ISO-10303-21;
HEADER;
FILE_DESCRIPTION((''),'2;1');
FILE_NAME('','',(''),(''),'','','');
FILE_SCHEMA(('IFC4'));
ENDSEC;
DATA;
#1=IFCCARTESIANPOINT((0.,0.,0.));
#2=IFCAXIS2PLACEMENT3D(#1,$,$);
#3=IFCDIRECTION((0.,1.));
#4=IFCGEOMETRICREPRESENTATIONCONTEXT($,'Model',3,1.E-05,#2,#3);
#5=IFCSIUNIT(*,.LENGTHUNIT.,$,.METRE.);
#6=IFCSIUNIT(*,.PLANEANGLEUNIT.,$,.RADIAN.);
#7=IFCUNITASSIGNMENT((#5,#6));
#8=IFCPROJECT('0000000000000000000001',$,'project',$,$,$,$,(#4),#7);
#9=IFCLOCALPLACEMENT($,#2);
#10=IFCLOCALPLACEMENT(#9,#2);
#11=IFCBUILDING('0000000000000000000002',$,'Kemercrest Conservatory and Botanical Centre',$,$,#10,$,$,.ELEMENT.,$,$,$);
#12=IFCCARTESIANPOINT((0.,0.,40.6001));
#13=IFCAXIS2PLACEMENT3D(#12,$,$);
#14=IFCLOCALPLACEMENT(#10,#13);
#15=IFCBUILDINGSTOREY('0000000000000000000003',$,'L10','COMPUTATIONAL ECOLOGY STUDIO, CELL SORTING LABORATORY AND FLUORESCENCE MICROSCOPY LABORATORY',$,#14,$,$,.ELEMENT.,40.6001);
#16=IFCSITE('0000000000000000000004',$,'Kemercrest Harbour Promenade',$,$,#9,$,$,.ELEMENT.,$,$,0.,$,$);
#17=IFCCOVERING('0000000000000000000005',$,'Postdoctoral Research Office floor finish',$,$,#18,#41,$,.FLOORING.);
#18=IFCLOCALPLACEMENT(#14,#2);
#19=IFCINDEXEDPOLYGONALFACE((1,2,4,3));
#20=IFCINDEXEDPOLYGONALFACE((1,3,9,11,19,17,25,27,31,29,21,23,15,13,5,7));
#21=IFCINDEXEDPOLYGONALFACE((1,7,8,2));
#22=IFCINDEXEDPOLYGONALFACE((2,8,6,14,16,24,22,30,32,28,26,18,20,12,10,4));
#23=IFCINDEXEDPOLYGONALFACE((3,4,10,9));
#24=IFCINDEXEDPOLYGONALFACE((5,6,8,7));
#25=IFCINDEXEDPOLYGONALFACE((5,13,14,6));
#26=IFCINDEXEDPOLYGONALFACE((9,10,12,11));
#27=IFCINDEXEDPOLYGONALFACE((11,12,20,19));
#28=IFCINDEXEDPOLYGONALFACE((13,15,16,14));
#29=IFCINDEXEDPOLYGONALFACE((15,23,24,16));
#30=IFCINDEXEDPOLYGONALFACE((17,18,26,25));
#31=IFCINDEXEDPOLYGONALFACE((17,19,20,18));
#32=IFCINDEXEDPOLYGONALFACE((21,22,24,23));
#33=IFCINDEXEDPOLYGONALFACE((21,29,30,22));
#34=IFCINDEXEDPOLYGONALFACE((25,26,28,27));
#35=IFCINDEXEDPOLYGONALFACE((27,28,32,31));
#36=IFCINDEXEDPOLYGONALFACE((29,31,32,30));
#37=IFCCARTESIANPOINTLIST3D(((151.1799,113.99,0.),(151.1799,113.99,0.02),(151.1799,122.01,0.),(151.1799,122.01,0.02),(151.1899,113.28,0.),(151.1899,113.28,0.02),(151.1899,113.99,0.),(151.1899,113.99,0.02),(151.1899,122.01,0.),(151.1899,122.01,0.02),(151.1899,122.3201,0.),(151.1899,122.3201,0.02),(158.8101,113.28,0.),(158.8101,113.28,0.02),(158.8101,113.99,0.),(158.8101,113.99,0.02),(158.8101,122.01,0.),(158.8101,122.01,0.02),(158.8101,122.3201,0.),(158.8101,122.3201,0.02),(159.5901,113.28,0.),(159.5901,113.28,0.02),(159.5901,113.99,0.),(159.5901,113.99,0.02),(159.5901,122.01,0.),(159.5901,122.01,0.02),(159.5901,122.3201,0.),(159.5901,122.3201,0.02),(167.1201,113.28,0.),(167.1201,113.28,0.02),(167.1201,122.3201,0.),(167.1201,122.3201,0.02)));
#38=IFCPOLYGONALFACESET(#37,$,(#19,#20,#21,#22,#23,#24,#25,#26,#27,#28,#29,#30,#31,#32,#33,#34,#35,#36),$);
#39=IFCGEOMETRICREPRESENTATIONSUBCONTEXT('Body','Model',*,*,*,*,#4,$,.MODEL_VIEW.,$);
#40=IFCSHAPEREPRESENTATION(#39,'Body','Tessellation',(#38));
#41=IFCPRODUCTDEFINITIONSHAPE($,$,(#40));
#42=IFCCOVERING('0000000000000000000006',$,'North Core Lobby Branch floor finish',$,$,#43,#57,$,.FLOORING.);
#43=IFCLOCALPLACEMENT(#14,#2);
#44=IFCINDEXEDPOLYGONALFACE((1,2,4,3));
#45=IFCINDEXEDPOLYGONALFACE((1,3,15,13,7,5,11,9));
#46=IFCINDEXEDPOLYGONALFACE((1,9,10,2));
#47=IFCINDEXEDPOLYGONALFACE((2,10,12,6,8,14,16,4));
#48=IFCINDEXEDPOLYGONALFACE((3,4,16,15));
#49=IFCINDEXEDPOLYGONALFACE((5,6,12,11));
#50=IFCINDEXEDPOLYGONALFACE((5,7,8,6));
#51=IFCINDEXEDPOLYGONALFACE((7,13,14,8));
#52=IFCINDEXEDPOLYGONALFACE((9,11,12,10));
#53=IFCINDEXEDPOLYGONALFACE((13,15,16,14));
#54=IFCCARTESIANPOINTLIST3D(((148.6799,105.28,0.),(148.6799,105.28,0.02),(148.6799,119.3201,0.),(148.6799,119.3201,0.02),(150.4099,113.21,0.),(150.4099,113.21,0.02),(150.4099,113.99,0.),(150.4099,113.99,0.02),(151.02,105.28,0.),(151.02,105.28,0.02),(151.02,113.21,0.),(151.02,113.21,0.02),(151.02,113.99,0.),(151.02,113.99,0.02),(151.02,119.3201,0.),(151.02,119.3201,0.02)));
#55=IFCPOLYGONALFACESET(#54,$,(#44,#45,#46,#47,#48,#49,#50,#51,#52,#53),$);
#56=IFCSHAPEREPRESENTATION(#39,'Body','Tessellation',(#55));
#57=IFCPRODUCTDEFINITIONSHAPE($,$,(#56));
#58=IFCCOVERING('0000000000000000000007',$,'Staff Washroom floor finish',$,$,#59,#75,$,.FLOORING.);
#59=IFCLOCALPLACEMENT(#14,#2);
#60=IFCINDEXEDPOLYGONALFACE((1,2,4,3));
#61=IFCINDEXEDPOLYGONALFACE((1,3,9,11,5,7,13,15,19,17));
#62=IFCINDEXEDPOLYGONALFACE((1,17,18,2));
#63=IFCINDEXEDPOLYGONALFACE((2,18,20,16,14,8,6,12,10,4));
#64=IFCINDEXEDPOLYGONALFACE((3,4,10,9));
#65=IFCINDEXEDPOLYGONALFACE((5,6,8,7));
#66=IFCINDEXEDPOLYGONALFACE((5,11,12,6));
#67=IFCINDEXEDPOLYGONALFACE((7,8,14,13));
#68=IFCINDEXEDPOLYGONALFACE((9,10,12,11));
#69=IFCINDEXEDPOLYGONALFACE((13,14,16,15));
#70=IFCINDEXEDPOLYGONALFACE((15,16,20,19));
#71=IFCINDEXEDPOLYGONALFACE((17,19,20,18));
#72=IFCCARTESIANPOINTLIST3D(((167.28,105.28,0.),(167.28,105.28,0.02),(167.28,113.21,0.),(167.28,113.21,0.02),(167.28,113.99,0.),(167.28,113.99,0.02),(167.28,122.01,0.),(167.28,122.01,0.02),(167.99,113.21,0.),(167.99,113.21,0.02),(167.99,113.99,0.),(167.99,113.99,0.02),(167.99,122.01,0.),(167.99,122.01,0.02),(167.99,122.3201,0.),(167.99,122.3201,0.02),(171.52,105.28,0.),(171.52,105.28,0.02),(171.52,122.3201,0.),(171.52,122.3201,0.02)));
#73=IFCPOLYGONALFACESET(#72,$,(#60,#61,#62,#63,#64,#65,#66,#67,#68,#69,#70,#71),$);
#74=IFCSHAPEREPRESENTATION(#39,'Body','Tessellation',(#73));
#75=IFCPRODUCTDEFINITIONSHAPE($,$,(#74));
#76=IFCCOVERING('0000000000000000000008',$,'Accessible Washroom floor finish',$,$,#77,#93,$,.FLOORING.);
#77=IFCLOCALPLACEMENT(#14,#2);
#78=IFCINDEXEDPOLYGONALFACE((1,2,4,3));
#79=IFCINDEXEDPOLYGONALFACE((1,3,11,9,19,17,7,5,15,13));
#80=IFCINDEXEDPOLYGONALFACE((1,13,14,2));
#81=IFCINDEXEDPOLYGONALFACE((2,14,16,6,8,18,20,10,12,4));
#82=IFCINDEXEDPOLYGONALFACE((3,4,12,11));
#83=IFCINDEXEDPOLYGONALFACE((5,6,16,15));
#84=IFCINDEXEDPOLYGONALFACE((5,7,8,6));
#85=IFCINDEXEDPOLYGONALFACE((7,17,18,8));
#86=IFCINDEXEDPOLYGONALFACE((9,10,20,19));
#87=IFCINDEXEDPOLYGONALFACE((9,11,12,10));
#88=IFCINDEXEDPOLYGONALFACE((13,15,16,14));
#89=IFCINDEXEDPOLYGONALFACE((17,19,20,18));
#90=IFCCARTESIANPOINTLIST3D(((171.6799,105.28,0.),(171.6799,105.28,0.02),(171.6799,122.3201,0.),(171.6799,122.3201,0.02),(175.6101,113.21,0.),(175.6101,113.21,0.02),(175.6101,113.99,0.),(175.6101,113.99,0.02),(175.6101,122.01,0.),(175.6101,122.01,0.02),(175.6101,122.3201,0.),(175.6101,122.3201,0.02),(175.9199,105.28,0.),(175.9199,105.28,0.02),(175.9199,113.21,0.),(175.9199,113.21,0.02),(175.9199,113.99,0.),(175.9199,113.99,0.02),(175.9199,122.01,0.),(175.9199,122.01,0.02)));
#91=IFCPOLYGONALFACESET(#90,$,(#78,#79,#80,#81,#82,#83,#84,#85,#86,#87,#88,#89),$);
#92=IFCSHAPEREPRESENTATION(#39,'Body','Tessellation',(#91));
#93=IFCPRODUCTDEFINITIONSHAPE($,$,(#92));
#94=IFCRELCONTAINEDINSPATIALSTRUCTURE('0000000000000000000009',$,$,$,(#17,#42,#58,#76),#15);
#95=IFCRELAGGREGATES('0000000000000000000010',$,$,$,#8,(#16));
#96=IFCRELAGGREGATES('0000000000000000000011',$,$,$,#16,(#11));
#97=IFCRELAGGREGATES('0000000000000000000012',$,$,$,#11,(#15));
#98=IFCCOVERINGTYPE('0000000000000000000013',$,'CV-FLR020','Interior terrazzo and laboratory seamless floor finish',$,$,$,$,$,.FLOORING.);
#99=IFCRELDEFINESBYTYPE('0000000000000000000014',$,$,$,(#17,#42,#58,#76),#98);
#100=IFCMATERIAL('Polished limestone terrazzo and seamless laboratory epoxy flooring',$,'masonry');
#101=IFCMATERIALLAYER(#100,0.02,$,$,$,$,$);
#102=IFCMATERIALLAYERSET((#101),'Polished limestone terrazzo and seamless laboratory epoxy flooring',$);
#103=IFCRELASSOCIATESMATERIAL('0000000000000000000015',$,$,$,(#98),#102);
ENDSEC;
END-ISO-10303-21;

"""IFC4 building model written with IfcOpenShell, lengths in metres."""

from ifc_helpers import new_model, si_unit, direction, frame, origin, place, context, subcontext, project, spatial, polyline, outline, extrude, material, layer, layer_set, type_object, element, save


model = new_model("IFC4")

# Units and contexts
model_context = context("Model", 3, precision=1e-05, world=origin(), true_north=direction((0.0, 1.0)))
body_context = subcontext(model_context, "Body", "Model", "MODEL_VIEW")
ifc_project = project(units=[si_unit("LENGTHUNIT", "METRE"), si_unit("PLANEANGLEUNIT", "RADIAN")], contexts=[model_context])

# Site, building, storey
site_placement = place(None, origin())
site = spatial("IfcSite", under=ifc_project, at=site_placement, Name="Kemercrest Harbour Promenade", CompositionType="ELEMENT", RefElevation=0.0)
building_placement = place(site_placement, origin())
building = spatial("IfcBuilding", under=site, at=building_placement, Name="Kemercrest Conservatory and Botanical Centre", CompositionType="ELEMENT")
storey_placement = place(building_placement, frame((0.0, 0.0, 40.6001)))
storey = spatial("IfcBuildingStorey", under=building, at=storey_placement, Name="L10", Description="COMPUTATIONAL ECOLOGY STUDIO, CELL SORTING LABORATORY AND FLUORESCENCE MICROSCOPY LABORATORY", CompositionType="ELEMENT", Elevation=40.6001)

# Coverings
ifc_material_1 = material(Name="Polished limestone terrazzo and seamless laboratory epoxy flooring", Category="masonry")
ifc_layer_1 = layer(ifc_material_1, 0.02)
ifc_layer_set_1 = layer_set([ifc_layer_1], Name="Polished limestone terrazzo and seamless laboratory epoxy flooring")
covering_type_1 = type_object("IfcCoveringType", Name="CV-FLR020", Description="Interior terrazzo and laboratory seamless floor finish", PredefinedType="FLOORING", material=ifc_layer_set_1)
covering_1_placement = place(storey_placement, origin())
element("IfcCovering", 1, at=covering_1_placement, inside=storey, type_object=covering_type_1, Name="Postdoctoral Research Office floor finish", PredefinedType="FLOORING", context=body_context, shape_type="SweptSolid", body=[
    extrude(outline(polyline([(159.5901, 113.28), (167.1201, 113.28), (167.1201, 122.3201), (159.5901, 122.3201), (159.5901, 122.01), (158.8101, 122.01), (158.8101, 122.3201), (151.1899, 122.3201), (151.1899, 122.01), (151.1799, 122.01), (151.1799, 113.99), (151.1899, 113.99), (151.1899, 113.28), (158.8101, 113.28), (158.8101, 113.99), (159.5901, 113.99), (159.5901, 113.28)])), origin(), (0.0, 0.0, 1.0), 0.02),
])
covering_2_placement = place(storey_placement, origin())
element("IfcCovering", 2, at=covering_2_placement, inside=storey, type_object=covering_type_1, Name="North Core Lobby Branch floor finish", PredefinedType="FLOORING", context=body_context, shape_type="SweptSolid", body=[
    extrude(outline(polyline([(148.6799, 105.28), (151.02, 105.28), (151.02, 113.21), (150.4099, 113.21), (150.4099, 113.99), (151.02, 113.99), (151.02, 119.3201), (148.6799, 119.3201), (148.6799, 105.28)])), origin(), (0.0, 0.0, 1.0), 0.02),
])
covering_3_placement = place(storey_placement, origin())
element("IfcCovering", 3, at=covering_3_placement, inside=storey, type_object=covering_type_1, Name="Staff Washroom floor finish", PredefinedType="FLOORING", context=body_context, shape_type="SweptSolid", body=[
    extrude(outline(polyline([(167.28, 105.28), (171.52, 105.28), (171.52, 122.3201), (167.99, 122.3201), (167.99, 122.01), (167.28, 122.01), (167.28, 113.99), (167.99, 113.99), (167.99, 113.21), (167.28, 113.21), (167.28, 105.28)])), origin(), (0.0, 0.0, 1.0), 0.02),
])
covering_4_placement = place(storey_placement, origin())
element("IfcCovering", 4, at=covering_4_placement, inside=storey, type_object=covering_type_1, Name="Accessible Washroom floor finish", PredefinedType="FLOORING", context=body_context, shape_type="SweptSolid", body=[
    extrude(outline(polyline([(171.6799, 105.28), (175.9199, 105.28), (175.9199, 113.21), (175.6101, 113.21), (175.6101, 113.99), (175.9199, 113.99), (175.9199, 122.01), (175.6101, 122.01), (175.6101, 122.3201), (171.6799, 122.3201), (171.6799, 105.28)])), origin(), (0.0, 0.0, 1.0), 0.02),
])

save(model, "model.ifc")
